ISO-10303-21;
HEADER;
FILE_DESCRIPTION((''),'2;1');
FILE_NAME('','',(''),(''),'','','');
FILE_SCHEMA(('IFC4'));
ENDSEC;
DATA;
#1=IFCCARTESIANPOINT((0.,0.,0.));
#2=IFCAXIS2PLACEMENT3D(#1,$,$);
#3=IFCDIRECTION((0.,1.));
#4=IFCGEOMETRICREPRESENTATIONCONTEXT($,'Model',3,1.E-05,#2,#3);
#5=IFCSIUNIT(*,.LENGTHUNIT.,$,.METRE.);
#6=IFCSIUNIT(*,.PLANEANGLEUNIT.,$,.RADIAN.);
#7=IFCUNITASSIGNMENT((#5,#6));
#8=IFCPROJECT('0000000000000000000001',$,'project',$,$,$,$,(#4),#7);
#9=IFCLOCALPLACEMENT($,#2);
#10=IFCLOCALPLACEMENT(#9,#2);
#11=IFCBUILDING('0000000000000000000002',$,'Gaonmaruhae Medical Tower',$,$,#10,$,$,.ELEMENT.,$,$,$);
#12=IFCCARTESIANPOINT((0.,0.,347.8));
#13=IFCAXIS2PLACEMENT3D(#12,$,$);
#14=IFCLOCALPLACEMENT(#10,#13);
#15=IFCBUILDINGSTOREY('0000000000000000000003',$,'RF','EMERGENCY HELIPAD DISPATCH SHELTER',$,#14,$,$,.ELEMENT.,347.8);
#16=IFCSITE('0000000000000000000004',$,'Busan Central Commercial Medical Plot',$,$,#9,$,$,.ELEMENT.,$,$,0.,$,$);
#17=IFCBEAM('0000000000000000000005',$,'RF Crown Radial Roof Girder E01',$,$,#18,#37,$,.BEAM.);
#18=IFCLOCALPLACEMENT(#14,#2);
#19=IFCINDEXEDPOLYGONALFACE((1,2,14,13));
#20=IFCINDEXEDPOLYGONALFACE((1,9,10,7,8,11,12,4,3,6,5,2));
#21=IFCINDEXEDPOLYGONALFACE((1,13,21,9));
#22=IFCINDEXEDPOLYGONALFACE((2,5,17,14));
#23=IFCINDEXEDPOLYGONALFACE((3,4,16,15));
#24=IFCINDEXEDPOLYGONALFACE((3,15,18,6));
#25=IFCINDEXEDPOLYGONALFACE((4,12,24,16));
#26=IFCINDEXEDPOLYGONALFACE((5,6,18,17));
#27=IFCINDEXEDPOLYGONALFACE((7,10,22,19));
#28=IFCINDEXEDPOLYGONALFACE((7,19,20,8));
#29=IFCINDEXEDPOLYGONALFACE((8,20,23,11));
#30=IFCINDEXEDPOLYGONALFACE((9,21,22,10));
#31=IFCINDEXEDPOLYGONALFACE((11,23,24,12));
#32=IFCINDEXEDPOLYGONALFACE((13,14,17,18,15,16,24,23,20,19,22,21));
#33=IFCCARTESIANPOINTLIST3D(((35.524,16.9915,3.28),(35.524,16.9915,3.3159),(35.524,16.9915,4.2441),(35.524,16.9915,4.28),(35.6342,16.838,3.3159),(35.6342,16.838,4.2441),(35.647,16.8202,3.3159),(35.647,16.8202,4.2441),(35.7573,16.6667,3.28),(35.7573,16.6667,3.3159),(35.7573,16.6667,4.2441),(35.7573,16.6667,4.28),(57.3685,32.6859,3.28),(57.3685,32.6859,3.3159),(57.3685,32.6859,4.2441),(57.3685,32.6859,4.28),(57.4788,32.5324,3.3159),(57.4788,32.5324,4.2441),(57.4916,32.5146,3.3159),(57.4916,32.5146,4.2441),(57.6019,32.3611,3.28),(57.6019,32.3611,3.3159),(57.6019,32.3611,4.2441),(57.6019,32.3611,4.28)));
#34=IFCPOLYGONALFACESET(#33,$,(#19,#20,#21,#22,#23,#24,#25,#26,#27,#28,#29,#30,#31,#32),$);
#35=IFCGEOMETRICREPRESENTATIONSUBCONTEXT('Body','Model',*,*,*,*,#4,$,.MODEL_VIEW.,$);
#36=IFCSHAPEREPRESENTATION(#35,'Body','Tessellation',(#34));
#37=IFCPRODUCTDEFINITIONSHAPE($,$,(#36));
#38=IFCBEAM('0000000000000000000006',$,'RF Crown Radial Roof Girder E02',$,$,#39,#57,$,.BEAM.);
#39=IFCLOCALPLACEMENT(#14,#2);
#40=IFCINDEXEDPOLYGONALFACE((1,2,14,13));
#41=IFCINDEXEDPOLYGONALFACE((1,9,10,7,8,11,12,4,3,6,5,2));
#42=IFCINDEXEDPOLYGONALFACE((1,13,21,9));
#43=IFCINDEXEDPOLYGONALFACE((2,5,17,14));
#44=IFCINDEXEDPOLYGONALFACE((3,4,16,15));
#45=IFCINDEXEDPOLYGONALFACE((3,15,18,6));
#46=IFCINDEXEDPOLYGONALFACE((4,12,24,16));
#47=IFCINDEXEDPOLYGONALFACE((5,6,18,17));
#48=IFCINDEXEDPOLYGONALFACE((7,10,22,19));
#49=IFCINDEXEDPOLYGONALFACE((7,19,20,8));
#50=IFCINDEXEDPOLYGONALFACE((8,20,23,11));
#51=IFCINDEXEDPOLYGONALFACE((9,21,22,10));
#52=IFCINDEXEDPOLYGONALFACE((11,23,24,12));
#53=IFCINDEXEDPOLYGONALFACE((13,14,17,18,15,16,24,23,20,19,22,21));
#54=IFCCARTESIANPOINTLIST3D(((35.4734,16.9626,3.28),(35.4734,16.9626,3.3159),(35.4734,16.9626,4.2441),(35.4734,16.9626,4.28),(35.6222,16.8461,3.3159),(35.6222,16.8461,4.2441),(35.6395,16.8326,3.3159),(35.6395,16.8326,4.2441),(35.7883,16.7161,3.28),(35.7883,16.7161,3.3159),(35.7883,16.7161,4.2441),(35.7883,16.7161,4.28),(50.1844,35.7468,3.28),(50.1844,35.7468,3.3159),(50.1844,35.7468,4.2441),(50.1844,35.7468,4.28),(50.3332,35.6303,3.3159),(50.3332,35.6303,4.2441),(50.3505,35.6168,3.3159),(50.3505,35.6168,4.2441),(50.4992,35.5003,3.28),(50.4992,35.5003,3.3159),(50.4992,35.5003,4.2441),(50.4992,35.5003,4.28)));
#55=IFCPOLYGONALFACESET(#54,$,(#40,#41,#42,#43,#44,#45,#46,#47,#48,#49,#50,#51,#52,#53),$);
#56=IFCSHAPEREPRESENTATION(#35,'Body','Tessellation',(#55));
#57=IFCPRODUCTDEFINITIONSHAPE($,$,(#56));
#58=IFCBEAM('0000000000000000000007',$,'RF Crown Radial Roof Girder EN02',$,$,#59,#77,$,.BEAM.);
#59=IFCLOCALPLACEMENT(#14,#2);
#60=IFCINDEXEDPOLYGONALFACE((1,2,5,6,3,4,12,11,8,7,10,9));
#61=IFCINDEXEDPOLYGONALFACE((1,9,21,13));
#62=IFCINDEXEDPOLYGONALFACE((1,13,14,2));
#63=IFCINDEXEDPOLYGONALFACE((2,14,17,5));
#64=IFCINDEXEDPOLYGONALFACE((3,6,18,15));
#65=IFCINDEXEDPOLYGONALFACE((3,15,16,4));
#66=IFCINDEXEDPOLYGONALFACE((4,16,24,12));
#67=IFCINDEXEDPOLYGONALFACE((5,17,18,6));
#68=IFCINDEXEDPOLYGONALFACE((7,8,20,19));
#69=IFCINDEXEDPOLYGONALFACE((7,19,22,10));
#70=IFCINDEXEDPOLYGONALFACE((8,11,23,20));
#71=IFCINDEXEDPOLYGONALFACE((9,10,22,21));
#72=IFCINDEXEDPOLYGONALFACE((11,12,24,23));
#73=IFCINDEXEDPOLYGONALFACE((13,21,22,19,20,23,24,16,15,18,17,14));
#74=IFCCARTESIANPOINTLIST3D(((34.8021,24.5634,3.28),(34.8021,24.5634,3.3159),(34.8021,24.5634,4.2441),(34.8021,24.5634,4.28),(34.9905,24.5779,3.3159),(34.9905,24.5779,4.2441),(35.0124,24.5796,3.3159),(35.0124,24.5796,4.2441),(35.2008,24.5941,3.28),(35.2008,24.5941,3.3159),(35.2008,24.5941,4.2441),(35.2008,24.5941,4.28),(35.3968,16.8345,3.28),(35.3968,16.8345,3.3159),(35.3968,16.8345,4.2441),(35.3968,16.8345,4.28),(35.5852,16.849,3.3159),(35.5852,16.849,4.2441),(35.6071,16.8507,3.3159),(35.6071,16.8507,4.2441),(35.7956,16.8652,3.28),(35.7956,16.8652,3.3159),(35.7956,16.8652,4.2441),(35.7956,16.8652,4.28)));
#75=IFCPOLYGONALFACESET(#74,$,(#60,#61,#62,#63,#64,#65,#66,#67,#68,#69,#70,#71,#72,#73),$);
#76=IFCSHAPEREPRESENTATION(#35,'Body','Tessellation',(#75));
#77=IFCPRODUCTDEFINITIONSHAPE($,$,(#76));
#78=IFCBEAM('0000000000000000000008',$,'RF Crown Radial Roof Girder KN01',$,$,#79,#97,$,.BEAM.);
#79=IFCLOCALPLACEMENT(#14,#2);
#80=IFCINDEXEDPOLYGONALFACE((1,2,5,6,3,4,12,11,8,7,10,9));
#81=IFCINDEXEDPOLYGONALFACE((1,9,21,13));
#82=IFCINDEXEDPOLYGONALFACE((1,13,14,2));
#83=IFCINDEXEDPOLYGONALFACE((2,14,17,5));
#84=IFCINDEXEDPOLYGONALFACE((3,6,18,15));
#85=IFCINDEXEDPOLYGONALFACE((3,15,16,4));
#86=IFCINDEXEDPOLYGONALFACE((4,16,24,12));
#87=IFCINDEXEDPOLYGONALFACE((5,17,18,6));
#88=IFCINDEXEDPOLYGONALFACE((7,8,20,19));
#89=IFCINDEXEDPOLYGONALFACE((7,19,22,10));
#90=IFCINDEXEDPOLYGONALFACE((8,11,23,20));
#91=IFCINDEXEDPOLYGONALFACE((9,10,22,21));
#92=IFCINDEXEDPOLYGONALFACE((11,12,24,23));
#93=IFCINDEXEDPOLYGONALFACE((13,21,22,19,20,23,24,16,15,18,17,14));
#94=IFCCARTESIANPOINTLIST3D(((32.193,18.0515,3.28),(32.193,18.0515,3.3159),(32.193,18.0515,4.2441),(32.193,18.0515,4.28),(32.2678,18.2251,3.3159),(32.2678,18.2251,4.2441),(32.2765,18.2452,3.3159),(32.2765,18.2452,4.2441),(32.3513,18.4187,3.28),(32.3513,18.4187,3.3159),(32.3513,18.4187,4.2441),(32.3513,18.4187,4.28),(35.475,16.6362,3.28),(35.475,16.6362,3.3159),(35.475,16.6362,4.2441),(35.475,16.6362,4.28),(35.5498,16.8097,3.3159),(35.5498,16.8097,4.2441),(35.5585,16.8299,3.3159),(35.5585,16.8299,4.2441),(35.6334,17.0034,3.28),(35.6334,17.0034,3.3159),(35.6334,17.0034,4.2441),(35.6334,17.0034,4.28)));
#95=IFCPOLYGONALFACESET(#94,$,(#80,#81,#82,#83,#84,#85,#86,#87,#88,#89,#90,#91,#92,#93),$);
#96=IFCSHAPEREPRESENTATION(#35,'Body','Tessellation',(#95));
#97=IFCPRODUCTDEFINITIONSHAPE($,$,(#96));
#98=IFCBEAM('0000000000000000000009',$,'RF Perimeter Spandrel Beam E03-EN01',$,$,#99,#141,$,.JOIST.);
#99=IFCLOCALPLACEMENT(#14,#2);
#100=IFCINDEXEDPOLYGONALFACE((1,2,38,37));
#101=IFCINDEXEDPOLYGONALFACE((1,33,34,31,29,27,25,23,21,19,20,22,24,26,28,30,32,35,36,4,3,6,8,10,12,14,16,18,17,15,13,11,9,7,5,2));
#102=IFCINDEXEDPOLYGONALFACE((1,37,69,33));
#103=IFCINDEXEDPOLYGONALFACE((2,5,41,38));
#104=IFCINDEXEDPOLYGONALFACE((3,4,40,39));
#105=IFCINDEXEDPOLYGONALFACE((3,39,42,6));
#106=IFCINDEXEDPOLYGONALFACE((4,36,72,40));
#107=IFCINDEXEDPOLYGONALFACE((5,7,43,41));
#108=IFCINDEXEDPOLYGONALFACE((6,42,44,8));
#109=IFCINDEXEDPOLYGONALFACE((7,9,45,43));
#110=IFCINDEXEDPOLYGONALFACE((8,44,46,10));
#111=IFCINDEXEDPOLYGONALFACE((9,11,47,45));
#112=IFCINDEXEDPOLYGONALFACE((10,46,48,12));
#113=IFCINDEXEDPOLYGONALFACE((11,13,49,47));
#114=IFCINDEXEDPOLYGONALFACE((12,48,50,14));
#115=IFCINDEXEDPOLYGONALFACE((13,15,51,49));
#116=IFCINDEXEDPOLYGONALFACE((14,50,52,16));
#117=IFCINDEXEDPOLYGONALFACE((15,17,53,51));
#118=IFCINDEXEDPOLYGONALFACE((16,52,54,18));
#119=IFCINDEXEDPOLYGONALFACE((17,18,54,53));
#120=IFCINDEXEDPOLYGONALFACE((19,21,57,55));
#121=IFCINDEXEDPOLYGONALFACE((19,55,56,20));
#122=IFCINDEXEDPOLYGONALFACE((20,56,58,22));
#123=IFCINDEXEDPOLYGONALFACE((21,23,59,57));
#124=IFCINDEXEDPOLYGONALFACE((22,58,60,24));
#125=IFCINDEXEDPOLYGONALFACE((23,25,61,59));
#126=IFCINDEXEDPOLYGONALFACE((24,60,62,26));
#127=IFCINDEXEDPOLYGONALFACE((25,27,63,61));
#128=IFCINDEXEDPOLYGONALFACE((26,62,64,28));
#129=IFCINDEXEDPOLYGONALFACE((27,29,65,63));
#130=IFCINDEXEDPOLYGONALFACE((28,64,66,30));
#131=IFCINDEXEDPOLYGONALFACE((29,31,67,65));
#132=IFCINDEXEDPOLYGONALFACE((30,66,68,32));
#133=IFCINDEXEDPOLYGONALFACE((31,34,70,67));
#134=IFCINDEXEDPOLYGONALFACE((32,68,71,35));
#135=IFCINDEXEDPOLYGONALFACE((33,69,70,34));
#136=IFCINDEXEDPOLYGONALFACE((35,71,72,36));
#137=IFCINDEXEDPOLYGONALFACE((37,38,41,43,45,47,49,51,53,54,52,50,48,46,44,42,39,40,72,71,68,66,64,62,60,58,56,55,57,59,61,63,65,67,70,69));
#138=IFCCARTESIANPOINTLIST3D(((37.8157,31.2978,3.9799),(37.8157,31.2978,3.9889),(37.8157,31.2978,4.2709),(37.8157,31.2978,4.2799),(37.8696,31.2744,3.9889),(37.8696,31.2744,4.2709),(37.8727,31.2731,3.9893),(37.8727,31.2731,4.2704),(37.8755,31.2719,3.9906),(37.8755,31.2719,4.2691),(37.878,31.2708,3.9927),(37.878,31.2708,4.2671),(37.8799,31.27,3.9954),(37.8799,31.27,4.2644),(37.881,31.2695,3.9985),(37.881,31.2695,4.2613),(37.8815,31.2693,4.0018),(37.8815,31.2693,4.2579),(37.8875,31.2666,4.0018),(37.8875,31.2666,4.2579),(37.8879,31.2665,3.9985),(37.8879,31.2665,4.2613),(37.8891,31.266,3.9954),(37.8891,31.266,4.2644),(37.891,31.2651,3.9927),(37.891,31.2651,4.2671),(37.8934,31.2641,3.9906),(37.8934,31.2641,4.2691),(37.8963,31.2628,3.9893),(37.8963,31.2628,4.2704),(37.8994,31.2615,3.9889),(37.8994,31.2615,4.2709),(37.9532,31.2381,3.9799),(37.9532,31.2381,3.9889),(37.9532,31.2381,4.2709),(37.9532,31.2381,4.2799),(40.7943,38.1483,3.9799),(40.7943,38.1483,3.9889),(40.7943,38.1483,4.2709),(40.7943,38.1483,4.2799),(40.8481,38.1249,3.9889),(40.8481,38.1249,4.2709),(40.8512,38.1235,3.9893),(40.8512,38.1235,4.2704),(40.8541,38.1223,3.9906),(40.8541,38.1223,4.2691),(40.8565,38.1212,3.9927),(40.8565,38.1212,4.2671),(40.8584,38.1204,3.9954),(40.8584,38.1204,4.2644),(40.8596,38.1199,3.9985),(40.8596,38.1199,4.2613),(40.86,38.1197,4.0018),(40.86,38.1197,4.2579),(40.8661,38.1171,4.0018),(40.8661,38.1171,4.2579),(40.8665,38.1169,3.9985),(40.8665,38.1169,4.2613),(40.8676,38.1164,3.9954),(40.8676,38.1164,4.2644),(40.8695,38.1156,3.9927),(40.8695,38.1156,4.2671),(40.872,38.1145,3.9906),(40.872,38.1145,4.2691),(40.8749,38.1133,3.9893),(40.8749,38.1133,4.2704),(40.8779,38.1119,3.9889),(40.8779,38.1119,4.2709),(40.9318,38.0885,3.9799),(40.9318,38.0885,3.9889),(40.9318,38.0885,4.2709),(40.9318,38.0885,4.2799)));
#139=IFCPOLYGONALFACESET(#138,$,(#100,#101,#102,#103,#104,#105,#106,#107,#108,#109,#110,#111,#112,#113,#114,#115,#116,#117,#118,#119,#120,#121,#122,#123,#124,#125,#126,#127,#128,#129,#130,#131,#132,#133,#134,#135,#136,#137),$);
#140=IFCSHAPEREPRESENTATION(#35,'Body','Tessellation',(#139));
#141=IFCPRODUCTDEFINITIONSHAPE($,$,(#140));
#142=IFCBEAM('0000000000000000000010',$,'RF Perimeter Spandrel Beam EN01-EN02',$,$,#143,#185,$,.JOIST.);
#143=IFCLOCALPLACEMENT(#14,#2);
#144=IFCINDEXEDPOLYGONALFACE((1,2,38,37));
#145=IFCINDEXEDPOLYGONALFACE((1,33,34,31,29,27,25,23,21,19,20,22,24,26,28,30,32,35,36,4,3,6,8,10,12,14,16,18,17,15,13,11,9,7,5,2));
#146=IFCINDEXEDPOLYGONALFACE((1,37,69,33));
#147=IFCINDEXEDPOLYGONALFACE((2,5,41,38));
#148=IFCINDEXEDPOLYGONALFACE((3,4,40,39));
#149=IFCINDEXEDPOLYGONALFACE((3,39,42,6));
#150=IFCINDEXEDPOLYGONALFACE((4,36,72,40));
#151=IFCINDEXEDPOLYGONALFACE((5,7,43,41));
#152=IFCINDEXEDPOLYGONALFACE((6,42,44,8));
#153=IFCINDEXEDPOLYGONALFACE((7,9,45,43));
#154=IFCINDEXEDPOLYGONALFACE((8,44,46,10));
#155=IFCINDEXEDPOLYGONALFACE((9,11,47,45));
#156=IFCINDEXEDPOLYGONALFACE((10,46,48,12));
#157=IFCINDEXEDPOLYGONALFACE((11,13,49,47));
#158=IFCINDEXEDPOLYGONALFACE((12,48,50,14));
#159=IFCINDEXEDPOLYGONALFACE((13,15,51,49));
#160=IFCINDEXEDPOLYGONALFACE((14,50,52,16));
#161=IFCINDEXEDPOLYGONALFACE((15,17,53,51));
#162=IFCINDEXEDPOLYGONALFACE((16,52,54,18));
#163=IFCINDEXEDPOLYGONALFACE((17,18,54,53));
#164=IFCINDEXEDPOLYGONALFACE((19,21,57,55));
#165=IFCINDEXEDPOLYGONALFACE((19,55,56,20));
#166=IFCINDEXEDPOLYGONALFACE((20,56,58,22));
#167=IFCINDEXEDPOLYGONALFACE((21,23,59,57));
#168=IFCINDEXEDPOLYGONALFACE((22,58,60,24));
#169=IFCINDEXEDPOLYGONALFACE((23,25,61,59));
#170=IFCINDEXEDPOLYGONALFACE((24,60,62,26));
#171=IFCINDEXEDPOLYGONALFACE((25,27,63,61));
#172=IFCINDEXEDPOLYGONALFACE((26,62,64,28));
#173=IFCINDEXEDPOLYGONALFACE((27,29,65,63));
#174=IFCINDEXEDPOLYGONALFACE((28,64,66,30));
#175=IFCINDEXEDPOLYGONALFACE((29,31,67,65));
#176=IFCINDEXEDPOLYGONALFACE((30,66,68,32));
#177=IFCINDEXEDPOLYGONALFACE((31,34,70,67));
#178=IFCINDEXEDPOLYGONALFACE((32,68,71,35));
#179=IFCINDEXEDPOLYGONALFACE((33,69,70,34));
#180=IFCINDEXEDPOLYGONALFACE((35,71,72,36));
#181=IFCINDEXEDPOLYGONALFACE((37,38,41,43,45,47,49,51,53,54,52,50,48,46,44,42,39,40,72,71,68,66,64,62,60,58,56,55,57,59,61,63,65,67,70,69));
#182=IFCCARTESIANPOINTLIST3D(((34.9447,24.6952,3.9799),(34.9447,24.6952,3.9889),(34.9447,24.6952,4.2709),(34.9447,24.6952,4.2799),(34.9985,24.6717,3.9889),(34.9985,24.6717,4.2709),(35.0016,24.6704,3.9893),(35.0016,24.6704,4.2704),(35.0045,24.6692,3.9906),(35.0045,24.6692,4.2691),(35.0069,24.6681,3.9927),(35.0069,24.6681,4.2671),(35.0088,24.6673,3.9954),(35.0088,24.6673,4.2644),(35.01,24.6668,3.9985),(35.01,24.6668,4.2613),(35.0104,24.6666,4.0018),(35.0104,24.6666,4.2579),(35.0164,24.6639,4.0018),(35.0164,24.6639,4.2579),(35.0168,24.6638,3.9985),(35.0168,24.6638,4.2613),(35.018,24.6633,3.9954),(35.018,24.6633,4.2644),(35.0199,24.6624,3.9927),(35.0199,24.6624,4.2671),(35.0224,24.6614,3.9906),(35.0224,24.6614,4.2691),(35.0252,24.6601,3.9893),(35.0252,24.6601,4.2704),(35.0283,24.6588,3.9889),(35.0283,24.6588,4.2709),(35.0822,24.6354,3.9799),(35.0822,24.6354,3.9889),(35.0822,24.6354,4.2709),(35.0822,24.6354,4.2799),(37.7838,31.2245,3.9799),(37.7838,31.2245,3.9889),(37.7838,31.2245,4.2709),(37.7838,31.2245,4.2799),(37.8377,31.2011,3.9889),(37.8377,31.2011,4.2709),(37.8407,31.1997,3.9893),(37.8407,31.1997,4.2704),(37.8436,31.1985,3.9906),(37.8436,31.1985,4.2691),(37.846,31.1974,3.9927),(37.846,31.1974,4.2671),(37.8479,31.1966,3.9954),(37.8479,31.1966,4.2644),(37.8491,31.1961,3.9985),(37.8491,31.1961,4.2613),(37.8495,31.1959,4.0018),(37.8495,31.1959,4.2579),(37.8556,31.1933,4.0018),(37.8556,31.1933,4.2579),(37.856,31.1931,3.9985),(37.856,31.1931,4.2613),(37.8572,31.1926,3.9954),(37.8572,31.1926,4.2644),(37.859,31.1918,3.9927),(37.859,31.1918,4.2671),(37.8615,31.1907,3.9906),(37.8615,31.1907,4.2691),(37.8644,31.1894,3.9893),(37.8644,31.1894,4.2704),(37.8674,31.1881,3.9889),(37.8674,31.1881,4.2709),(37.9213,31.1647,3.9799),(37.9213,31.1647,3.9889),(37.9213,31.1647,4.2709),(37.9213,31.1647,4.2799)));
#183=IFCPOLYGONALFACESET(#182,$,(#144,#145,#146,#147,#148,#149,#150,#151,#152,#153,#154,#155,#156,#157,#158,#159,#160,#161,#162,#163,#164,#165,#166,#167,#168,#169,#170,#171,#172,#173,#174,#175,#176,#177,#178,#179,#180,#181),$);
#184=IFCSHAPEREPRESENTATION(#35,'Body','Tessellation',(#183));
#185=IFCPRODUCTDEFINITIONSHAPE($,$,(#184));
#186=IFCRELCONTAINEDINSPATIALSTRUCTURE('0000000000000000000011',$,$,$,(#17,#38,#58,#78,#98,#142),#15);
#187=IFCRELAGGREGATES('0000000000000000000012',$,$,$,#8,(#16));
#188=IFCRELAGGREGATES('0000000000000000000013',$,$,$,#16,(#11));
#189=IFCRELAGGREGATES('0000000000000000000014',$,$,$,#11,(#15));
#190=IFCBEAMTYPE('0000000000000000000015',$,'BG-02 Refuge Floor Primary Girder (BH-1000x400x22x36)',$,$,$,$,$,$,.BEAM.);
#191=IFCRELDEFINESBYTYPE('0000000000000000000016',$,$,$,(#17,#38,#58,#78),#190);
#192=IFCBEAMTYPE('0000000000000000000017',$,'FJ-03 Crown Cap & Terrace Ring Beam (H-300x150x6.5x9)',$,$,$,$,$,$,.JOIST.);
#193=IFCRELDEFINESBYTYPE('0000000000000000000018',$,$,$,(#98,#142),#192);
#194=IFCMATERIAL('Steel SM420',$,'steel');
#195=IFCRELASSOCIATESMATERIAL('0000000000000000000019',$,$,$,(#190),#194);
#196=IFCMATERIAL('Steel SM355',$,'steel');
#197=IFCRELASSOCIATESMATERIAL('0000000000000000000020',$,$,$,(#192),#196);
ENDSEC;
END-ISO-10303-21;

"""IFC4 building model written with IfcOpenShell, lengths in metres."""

from ifc_helpers import new_model, si_unit, direction, frame, origin, origin_2d, place, context, subcontext, project, spatial, i_section, extrude, material, material_profile, profile_set, type_object, element, save


model = new_model("IFC4")

# Units and contexts
model_context = context("Model", 3, precision=1e-05, world=origin(), true_north=direction((0.0, 1.0)))
body_context = subcontext(model_context, "Body", "Model", "MODEL_VIEW")
ifc_project = project(units=[si_unit("LENGTHUNIT", "METRE"), si_unit("PLANEANGLEUNIT", "RADIAN")], contexts=[model_context])

# Site, building, storey
site_placement = place(None, origin())
site = spatial("IfcSite", under=ifc_project, at=site_placement, Name="Busan Central Commercial Medical Plot", CompositionType="ELEMENT", RefElevation=0.0)
building_placement = place(site_placement, origin())
building = spatial("IfcBuilding", under=site, at=building_placement, Name="Gaonmaruhae Medical Tower", CompositionType="ELEMENT")
storey_placement = place(building_placement, frame((0.0, 0.0, 347.8)))
storey = spatial("IfcBuildingStorey", under=building, at=storey_placement, Name="RF", Description="EMERGENCY HELIPAD DISPATCH SHELTER", CompositionType="ELEMENT", Elevation=347.8)

# Shared definitions
ifc_material_1 = material(Name="Steel SM420", Category="steel")

# Beams
ifc_material_profile_1 = material_profile(ifc_material_1, i_section(OverallWidth=0.3999, OverallDepth=1.0, WebThickness=0.022, FlangeThickness=0.0359, at=origin_2d()), Name="BH-1000x400x22x36")
ifc_profile_set_1 = profile_set([ifc_material_profile_1], Name="Steel SM420")
beam_type_1 = type_object("IfcBeamType", Name="BG-02 Refuge Floor Primary Girder (BH-1000x400x22x36)", PredefinedType="BEAM", material=ifc_profile_set_1)
beam_1_placement = place(storey_placement, frame((35.6406, 16.8291, 3.78), z_axis=(0.812128, 0.583479, 0.0), x_axis=(-0.583479, 0.812128, 0.0)))
element("IfcBeam", 1, at=beam_1_placement, inside=storey, type_object=beam_type_1, Name="RF Crown Radial Roof Girder E01", PredefinedType="BEAM", context=body_context, shape_type="SweptSolid", body=[
    extrude(i_section(OverallWidth=0.3999, OverallDepth=1.0, WebThickness=0.022, FlangeThickness=0.0359, at=origin_2d()), origin(), (0.0, 0.0, 1.0), 26.8979),
])
beam_2_placement = place(storey_placement, frame((35.6309, 16.8394, 3.78), z_axis=(0.616575, 0.787296, 0.0), x_axis=(-0.787296, 0.616575, 0.0)))
element("IfcBeam", 2, at=beam_2_placement, inside=storey, type_object=beam_type_1, Name="RF Crown Radial Roof Girder E02", PredefinedType="BEAM", context=body_context, shape_type="SweptSolid", body=[
    extrude(i_section(OverallWidth=0.3999, OverallDepth=1.0, WebThickness=0.022, FlangeThickness=0.0359, at=origin_2d()), origin(), (0.0, 0.0, 1.0), 23.8591),
])
beam_3_placement = place(storey_placement, frame((35.5962, 16.8499, 3.78), z_axis=(-0.076723, 0.997052, 0.0), x_axis=(-0.997052, -0.076723, 0.0)))
element("IfcBeam", 3, at=beam_3_placement, inside=storey, type_object=beam_type_1, Name="RF Crown Radial Roof Girder EN02", PredefinedType="BEAM", context=body_context, shape_type="SweptSolid", body=[
    extrude(i_section(OverallWidth=0.3999, OverallDepth=1.0, WebThickness=0.022, FlangeThickness=0.0359, at=origin_2d()), origin(), (0.0, 0.0, 1.0), 7.7517),
])
beam_4_placement = place(storey_placement, frame((35.5542, 16.8198, 3.78), z_axis=(-0.918259, 0.395979, 0.0), x_axis=(-0.395979, -0.918259, 0.0)))
element("IfcBeam", 4, at=beam_4_placement, inside=storey, type_object=beam_type_1, Name="RF Crown Radial Roof Girder KN01", PredefinedType="BEAM", context=body_context, shape_type="SweptSolid", body=[
    extrude(i_section(OverallWidth=0.3999, OverallDepth=1.0, WebThickness=0.022, FlangeThickness=0.0359, at=origin_2d()), origin(), (0.0, 0.0, 1.0), 3.5742),
])
ifc_material_2 = material(Name="Steel SM355", Category="steel")
ifc_material_profile_2 = material_profile(ifc_material_2, i_section(OverallWidth=0.1499, OverallDepth=0.3, WebThickness=0.0066, FlangeThickness=0.009, FilletRadius=0.0129, at=origin_2d()), Name="H-300x150x6.5x9")
ifc_profile_set_2 = profile_set([ifc_material_profile_2], Name="Steel SM355")
beam_type_2 = type_object("IfcBeamType", Name="FJ-03 Crown Cap & Terrace Ring Beam (H-300x150x6.5x9)", PredefinedType="JOIST", material=ifc_profile_set_2)
beam_5_placement = place(storey_placement, frame((40.863, 38.1184, 4.1299), z_axis=(-0.398738, -0.917065, 0.0), x_axis=(0.917065, -0.398738, 0.0)))
element("IfcBeam", 5, at=beam_5_placement, inside=storey, type_object=beam_type_2, Name="RF Perimeter Spandrel Beam E03-EN01", PredefinedType="JOIST", context=body_context, shape_type="SweptSolid", body=[
    extrude(i_section(OverallWidth=0.1499, OverallDepth=0.3, WebThickness=0.0066, FlangeThickness=0.009, FilletRadius=0.0129, at=origin_2d()), origin(), (0.0, 0.0, 1.0), 7.47),
])
beam_6_placement = place(storey_placement, frame((37.8525, 31.1946, 4.1299), z_axis=(-0.39876, -0.917055, 0.0), x_axis=(0.917055, -0.39876, 0.0)))
element("IfcBeam", 6, at=beam_6_placement, inside=storey, type_object=beam_type_2, Name="RF Perimeter Spandrel Beam EN01-EN02", PredefinedType="JOIST", context=body_context, shape_type="SweptSolid", body=[
    extrude(i_section(OverallWidth=0.1499, OverallDepth=0.3, WebThickness=0.0066, FlangeThickness=0.009, FilletRadius=0.0129, at=origin_2d()), origin(), (0.0, 0.0, 1.0), 7.1199),
])

save(model, "model.ifc")
